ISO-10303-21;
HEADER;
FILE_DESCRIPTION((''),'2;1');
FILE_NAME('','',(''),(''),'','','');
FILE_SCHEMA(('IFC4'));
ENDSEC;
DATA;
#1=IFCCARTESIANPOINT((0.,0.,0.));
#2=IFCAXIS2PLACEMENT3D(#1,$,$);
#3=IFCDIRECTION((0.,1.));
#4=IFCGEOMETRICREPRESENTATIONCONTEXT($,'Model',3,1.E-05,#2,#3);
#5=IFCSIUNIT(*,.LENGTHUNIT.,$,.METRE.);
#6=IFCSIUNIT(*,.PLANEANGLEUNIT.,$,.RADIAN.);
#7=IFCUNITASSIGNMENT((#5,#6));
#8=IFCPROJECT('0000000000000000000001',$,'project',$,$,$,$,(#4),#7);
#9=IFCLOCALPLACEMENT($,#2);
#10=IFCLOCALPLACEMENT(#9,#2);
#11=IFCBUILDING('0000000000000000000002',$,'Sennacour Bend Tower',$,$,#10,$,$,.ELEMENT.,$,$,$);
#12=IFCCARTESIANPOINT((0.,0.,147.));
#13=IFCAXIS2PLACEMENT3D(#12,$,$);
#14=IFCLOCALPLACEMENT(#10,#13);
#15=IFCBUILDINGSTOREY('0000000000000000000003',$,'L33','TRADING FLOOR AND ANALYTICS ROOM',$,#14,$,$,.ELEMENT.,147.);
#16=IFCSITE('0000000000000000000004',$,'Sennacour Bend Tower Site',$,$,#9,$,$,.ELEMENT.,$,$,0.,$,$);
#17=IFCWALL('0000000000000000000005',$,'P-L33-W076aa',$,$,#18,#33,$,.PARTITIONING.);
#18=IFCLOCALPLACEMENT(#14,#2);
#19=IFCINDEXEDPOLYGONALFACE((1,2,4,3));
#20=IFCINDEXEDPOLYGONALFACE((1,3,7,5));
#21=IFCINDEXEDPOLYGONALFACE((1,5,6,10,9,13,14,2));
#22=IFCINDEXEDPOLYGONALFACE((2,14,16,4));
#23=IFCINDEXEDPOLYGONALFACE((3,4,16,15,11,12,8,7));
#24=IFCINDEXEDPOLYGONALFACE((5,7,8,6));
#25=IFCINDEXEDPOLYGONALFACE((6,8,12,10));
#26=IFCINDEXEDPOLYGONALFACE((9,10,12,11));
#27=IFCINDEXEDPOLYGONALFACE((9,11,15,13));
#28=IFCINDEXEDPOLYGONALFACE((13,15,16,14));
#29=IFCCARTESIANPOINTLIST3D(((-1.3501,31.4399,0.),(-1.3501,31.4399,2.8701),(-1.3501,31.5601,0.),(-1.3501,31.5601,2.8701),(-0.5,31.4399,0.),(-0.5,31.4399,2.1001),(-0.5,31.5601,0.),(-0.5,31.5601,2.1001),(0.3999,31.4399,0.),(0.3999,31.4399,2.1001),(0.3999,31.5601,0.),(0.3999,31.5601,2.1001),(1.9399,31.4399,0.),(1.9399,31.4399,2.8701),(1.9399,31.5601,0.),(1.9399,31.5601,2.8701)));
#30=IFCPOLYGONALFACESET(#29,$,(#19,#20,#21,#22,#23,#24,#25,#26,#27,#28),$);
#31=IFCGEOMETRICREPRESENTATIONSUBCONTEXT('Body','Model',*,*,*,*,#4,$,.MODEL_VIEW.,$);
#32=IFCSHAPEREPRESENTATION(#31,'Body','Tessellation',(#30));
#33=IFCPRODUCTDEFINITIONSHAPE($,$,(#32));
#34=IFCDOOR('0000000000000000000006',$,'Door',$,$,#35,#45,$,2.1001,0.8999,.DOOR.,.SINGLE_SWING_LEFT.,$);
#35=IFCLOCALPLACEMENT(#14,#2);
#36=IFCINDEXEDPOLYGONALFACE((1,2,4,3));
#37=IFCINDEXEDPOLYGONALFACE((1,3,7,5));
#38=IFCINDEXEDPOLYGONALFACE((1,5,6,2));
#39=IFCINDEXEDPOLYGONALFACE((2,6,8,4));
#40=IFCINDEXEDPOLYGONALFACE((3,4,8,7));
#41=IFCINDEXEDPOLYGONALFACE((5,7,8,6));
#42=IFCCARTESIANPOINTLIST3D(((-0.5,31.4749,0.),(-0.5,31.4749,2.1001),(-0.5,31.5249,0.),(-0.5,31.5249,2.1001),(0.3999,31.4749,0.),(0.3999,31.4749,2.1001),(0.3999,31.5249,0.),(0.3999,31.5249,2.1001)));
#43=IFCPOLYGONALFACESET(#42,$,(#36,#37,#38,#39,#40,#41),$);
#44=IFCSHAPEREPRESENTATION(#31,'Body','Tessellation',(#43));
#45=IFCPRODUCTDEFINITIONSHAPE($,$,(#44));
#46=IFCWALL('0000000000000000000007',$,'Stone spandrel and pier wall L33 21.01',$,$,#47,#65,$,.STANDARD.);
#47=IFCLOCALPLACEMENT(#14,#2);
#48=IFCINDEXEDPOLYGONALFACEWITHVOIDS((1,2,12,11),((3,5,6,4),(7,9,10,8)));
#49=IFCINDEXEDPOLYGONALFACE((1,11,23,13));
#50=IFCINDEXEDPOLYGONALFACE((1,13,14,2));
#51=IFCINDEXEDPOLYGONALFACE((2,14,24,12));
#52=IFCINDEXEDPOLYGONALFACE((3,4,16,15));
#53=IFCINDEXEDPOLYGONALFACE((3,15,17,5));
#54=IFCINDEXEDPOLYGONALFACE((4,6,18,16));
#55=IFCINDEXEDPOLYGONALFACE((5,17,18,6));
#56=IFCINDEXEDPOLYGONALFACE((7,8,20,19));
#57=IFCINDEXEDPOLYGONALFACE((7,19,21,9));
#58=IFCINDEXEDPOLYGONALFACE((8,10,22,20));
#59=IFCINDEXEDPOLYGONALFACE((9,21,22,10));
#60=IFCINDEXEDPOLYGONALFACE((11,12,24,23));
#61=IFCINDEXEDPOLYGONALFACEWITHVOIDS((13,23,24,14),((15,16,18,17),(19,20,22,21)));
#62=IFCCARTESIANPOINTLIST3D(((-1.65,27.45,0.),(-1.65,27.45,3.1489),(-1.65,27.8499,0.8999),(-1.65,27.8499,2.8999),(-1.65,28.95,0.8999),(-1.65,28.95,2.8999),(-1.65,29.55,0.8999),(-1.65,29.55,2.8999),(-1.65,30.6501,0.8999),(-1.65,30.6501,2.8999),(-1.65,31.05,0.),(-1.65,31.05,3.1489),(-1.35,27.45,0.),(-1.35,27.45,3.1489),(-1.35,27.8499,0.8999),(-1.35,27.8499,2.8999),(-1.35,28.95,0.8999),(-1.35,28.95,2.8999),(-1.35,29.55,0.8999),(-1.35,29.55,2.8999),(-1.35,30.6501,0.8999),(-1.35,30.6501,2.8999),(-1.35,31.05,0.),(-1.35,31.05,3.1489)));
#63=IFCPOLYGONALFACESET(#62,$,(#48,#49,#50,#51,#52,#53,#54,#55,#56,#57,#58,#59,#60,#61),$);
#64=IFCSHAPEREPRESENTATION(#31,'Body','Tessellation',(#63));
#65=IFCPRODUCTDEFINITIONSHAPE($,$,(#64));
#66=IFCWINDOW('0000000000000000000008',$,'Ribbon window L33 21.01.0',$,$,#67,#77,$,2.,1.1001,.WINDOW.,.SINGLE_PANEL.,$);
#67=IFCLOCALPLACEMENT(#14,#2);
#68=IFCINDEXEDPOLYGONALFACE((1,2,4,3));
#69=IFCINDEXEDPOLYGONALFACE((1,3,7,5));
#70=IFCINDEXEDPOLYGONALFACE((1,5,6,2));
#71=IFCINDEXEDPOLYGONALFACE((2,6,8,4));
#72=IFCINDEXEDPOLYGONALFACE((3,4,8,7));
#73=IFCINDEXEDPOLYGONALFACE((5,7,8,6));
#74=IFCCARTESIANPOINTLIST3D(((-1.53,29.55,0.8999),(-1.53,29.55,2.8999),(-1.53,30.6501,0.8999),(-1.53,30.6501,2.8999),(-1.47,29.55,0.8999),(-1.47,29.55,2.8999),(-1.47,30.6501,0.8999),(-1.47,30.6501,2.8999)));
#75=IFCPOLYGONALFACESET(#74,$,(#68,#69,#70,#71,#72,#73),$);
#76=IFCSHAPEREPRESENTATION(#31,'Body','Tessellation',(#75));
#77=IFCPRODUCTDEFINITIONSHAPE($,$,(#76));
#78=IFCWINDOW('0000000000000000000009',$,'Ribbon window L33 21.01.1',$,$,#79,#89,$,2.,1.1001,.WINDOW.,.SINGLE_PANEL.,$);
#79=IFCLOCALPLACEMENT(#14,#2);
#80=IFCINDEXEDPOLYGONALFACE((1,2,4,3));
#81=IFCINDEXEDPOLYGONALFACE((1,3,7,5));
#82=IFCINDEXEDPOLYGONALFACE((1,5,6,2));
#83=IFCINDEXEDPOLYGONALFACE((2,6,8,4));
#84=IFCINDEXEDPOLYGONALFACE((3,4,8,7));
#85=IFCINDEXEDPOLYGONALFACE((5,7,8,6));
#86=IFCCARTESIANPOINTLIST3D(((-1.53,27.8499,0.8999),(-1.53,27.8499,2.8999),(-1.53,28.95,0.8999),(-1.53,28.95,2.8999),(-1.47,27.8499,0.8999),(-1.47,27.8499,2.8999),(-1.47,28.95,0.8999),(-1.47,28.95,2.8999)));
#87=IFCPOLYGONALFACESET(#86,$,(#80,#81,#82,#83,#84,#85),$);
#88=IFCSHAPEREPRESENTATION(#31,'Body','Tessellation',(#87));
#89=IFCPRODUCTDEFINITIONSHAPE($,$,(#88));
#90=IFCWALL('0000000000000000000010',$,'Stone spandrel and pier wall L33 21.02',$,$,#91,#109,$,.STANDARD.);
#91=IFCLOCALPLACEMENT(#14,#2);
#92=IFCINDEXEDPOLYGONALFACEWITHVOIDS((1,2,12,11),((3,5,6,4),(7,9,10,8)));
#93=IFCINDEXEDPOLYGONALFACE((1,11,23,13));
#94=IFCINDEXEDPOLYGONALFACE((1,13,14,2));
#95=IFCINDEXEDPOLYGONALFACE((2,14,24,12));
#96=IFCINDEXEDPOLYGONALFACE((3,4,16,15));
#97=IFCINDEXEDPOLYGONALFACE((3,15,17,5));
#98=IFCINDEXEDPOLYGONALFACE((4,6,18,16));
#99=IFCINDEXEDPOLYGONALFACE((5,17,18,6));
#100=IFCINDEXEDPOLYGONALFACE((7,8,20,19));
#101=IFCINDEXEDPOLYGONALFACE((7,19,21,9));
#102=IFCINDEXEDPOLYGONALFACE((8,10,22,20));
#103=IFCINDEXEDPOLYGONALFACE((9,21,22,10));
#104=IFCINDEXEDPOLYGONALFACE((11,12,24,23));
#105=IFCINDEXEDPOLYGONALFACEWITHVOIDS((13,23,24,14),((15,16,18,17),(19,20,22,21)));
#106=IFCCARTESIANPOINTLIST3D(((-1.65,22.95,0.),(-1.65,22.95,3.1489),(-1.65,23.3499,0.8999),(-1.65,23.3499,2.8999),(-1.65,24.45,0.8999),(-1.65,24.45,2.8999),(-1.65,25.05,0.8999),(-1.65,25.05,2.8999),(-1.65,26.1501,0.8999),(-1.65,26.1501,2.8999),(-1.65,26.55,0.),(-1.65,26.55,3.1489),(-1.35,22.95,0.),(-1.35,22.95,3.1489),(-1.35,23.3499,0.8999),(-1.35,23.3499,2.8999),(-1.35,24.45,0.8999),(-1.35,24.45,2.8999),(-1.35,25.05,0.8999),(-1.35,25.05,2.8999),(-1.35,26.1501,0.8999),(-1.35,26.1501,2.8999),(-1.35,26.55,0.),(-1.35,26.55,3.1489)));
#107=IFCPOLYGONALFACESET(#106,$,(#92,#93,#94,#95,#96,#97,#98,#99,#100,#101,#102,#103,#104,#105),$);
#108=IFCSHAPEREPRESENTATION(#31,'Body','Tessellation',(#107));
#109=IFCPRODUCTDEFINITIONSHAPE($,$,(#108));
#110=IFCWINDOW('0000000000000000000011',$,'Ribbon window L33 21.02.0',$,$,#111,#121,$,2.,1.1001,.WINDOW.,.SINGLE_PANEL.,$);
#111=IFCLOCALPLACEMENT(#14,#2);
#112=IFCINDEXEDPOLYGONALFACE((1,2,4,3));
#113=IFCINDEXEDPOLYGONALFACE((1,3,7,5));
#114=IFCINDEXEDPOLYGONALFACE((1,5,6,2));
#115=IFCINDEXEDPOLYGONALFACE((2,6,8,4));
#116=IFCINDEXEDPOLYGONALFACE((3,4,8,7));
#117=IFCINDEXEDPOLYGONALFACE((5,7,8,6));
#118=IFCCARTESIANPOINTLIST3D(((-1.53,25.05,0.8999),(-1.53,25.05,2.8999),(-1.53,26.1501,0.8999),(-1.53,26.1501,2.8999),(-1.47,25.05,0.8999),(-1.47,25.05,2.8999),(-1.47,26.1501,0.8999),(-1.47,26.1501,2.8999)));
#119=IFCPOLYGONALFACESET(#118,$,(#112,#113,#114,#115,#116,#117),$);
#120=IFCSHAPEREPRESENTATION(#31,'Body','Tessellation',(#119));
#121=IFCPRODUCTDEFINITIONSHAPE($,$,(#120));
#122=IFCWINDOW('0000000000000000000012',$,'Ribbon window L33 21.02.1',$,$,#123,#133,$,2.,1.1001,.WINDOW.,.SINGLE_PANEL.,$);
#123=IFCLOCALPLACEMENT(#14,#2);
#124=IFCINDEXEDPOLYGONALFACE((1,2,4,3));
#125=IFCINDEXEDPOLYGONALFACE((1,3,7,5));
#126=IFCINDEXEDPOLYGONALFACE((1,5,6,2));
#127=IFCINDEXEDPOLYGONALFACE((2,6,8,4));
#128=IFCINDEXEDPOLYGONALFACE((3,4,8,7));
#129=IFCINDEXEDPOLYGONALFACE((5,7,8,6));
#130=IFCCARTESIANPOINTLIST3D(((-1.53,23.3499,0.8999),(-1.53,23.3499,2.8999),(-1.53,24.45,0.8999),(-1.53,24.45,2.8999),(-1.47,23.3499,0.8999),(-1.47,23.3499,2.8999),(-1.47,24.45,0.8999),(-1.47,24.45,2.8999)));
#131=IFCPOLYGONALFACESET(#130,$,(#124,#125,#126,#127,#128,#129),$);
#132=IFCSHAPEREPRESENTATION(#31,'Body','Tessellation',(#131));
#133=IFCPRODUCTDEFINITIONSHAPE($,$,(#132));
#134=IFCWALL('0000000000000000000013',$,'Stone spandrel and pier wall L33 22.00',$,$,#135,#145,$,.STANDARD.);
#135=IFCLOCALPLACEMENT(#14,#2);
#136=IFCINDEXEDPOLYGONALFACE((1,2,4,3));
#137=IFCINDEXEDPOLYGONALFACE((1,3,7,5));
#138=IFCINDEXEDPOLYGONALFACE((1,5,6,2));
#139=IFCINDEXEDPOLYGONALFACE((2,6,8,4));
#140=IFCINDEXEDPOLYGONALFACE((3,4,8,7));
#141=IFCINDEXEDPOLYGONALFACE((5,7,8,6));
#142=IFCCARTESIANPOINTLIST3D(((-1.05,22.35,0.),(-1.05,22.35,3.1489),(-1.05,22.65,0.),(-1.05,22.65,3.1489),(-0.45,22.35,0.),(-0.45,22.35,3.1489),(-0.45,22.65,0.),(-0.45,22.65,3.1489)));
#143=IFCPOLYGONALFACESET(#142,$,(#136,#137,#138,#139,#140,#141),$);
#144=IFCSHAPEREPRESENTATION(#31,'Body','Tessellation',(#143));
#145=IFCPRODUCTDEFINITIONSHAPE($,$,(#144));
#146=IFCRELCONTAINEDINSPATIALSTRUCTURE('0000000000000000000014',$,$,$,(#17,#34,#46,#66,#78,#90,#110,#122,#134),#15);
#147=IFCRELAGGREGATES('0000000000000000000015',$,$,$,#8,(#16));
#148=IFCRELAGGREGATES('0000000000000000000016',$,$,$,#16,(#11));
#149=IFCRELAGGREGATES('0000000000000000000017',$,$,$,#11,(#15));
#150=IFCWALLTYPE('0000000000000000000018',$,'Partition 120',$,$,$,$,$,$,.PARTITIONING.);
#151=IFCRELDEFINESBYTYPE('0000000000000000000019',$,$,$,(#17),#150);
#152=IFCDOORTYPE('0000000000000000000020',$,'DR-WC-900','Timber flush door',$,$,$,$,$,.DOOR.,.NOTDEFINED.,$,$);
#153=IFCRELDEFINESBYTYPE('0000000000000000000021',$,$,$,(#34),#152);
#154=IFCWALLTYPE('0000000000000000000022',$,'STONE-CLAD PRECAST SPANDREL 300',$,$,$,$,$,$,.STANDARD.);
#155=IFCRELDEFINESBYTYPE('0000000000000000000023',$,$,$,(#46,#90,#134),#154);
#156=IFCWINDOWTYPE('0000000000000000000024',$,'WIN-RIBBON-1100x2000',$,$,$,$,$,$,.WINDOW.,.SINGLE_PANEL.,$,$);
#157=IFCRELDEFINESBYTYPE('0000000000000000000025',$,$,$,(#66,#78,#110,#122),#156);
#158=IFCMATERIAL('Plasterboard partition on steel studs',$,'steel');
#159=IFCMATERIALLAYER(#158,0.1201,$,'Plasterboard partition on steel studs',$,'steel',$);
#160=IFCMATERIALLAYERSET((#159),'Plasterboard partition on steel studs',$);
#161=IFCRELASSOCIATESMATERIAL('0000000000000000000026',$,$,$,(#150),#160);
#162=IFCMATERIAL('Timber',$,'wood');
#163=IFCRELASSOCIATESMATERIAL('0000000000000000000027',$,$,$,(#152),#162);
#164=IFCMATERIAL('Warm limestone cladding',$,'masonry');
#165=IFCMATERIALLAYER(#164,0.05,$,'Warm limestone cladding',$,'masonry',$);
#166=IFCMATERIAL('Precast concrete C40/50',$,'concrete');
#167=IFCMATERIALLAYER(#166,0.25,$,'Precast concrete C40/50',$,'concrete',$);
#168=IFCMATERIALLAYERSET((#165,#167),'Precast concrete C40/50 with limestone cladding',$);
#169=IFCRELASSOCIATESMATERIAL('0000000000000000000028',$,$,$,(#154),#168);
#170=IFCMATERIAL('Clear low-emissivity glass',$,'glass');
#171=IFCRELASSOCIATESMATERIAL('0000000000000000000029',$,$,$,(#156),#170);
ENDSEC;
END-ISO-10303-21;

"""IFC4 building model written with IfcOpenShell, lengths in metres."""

from ifc_helpers import new_model, si_unit, direction, frame, frame_2d, origin, place, context, subcontext, project, spatial, rectangle, extrude, material, layer, layer_set, type_object, element, fill, save


model = new_model("IFC4")

# Units and contexts
model_context = context("Model", 3, precision=1e-05, world=origin(), true_north=direction((0.0, 1.0)))
body_context = subcontext(model_context, "Body", "Model", "MODEL_VIEW")
ifc_project = project(units=[si_unit("LENGTHUNIT", "METRE"), si_unit("PLANEANGLEUNIT", "RADIAN")], contexts=[model_context])

# Site, building, storey
site_placement = place(None, origin())
site = spatial("IfcSite", under=ifc_project, at=site_placement, Name="Sennacour Bend Tower Site", CompositionType="ELEMENT", RefElevation=0.0)
building_placement = place(site_placement, origin())
building = spatial("IfcBuilding", under=site, at=building_placement, Name="Sennacour Bend Tower", CompositionType="ELEMENT")
storey_placement = place(building_placement, frame((0.0, 0.0, 147.0)))
storey = spatial("IfcBuildingStorey", under=building, at=storey_placement, Name="L33", Description="TRADING FLOOR AND ANALYTICS ROOM", CompositionType="ELEMENT", Elevation=147.0)

# Shared definitions
ifc_material_1 = material(Name="Plasterboard partition on steel studs", Category="steel")
ifc_layer_1 = layer(ifc_material_1, 0.1201, Name="Plasterboard partition on steel studs", Category="steel")
ifc_layer_set_1 = layer_set([ifc_layer_1], Name="Plasterboard partition on steel studs")
wall_type_1 = type_object("IfcWallType", Name="Partition 120", PredefinedType="PARTITIONING", material=ifc_layer_set_1)

# Wall, opening, door
wall_1_placement = place(storey_placement, frame((-1.3501, 31.5, 0.0), z_axis=(0.0, 0.0, 1.0), x_axis=(1.0, 0.0, 0.0)))
wall_1 = element("IfcWall", 1, at=wall_1_placement, inside=storey, type_object=wall_type_1, Name="P-L33-W076aa", PredefinedType="PARTITIONING", context=body_context, shape_type="SweptSolid", body=[
    extrude(rectangle(XDim=3.29, YDim=0.1201, at=frame_2d((1.645, 0.0))), origin(), (0.0, 0.0, 1.0), 2.8701),
])
opening_1_placement = place(wall_1_placement, frame((0.8501, 0.0, 0.0)))
opening_1 = element("IfcOpeningElement", 2, at=opening_1_placement, cuts=wall_1, PredefinedType="OPENING", context=body_context, shape_type="SweptSolid", body=[
    extrude(rectangle(XDim=0.8999, YDim=2.1001, at=frame_2d((0.45, 1.05))), frame((0.0, 0.0701, 0.0), z_axis=(0.0, -1.0, 0.0), x_axis=(1.0, 0.0, 0.0)), (0.0, 0.0, 1.0), 0.1401),
])
ifc_material_2 = material(Name="Timber", Category="wood")
door_type = type_object("IfcDoorType", Name="DR-WC-900", Description="Timber flush door", OperationType="NOTDEFINED", PredefinedType="DOOR", material=ifc_material_2)
door_placement = place(opening_1_placement, origin())
door = element("IfcDoor", 3, at=door_placement, inside=storey, type_object=door_type, Name="Door", OperationType="SINGLE_SWING_LEFT", OverallHeight=2.1001, OverallWidth=0.8999, PredefinedType="DOOR", context=body_context, shape_type="SweptSolid", body=[
    extrude(rectangle(XDim=0.8999, YDim=2.1001, at=frame_2d((0.45, 1.05))), frame((0.0, 0.0249, 0.0), z_axis=(0.0, -1.0, 0.0), x_axis=(1.0, 0.0, 0.0)), (0.0, 0.0, 1.0), 0.05),
])
fill(opening_1, door)

# Walls, openings, windows
ifc_material_3 = material(Name="Warm limestone cladding", Category="masonry")
ifc_layer_2 = layer(ifc_material_3, 0.05, Name="Warm limestone cladding", Category="masonry")
ifc_material_4 = material(Name="Precast concrete C40/50", Category="concrete")
ifc_layer_3 = layer(ifc_material_4, 0.25, Name="Precast concrete C40/50", Category="concrete")
ifc_layer_set_2 = layer_set([ifc_layer_2, ifc_layer_3], Name="Precast concrete C40/50 with limestone cladding")
wall_type_2 = type_object("IfcWallType", Name="STONE-CLAD PRECAST SPANDREL 300", PredefinedType="STANDARD", material=ifc_layer_set_2)
wall_2_placement = place(storey_placement, frame((-1.5, 31.05, 0.0), z_axis=(0.0, 0.0, 1.0), x_axis=(0.0, -1.0, 0.0)))
wall_2 = element("IfcWall", 4, at=wall_2_placement, inside=storey, type_object=wall_type_2, Name="Stone spandrel and pier wall L33 21.01", PredefinedType="STANDARD", context=body_context, shape_type="SweptSolid", body=[
    extrude(rectangle(XDim=3.6001, YDim=0.3, at=frame_2d((1.8, 0.0))), origin(), (0.0, 0.0, 1.0), 3.1489),
])
opening_2_placement = place(wall_2_placement, frame((0.3999, 0.0, 0.8999)))
opening_2 = element("IfcOpeningElement", 5, at=opening_2_placement, cuts=wall_2, PredefinedType="OPENING", context=body_context, shape_type="SweptSolid", body=[
    extrude(rectangle(XDim=1.1001, YDim=2.0, at=frame_2d((0.55, 1.0))), frame((0.0, 0.1602, 0.0), z_axis=(0.0, -1.0, 0.0), x_axis=(1.0, 0.0, 0.0)), (0.0, 0.0, 1.0), 0.3201),
])
opening_3_placement = place(wall_2_placement, frame((2.1001, 0.0, 0.8999)))
opening_3 = element("IfcOpeningElement", 6, at=opening_3_placement, cuts=wall_2, PredefinedType="OPENING", context=body_context, shape_type="SweptSolid", body=[
    extrude(rectangle(XDim=1.1001, YDim=2.0, at=frame_2d((0.55, 1.0))), frame((0.0, 0.1602, 0.0), z_axis=(0.0, -1.0, 0.0), x_axis=(1.0, 0.0, 0.0)), (0.0, 0.0, 1.0), 0.3201),
])
ifc_material_5 = material(Name="Clear low-emissivity glass", Category="glass")
window_type = type_object("IfcWindowType", Name="WIN-RIBBON-1100x2000", PartitioningType="SINGLE_PANEL", PredefinedType="WINDOW", material=ifc_material_5)
window_1_placement = place(opening_2_placement, origin())
window_1 = element("IfcWindow", 7, at=window_1_placement, inside=storey, type_object=window_type, Name="Ribbon window L33 21.01.0", OverallHeight=2.0, OverallWidth=1.1001, PartitioningType="SINGLE_PANEL", PredefinedType="WINDOW", context=body_context, shape_type="SweptSolid", body=[
    extrude(rectangle(XDim=1.1001, YDim=2.0, at=frame_2d((0.55, 1.0))), frame((0.0, 0.03, 0.0), z_axis=(0.0, -1.0, 0.0), x_axis=(1.0, 0.0, 0.0)), (0.0, 0.0, 1.0), 0.0601),
])
fill(opening_2, window_1)
window_2_placement = place(opening_3_placement, origin())
window_2 = element("IfcWindow", 8, at=window_2_placement, inside=storey, type_object=window_type, Name="Ribbon window L33 21.01.1", OverallHeight=2.0, OverallWidth=1.1001, PartitioningType="SINGLE_PANEL", PredefinedType="WINDOW", context=body_context, shape_type="SweptSolid", body=[
    extrude(rectangle(XDim=1.1001, YDim=2.0, at=frame_2d((0.55, 1.0))), frame((0.0, 0.03, 0.0), z_axis=(0.0, -1.0, 0.0), x_axis=(1.0, 0.0, 0.0)), (0.0, 0.0, 1.0), 0.0601),
])
fill(opening_3, window_2)
wall_3_placement = place(storey_placement, frame((-1.5, 26.55, 0.0), z_axis=(0.0, 0.0, 1.0), x_axis=(0.0, -1.0, 0.0)))
wall_3 = element("IfcWall", 9, at=wall_3_placement, inside=storey, type_object=wall_type_2, Name="Stone spandrel and pier wall L33 21.02", PredefinedType="STANDARD", context=body_context, shape_type="SweptSolid", body=[
    extrude(rectangle(XDim=3.6001, YDim=0.3, at=frame_2d((1.8, 0.0))), origin(), (0.0, 0.0, 1.0), 3.1489),
])
opening_4_placement = place(wall_3_placement, frame((0.3999, 0.0, 0.8999)))
opening_4 = element("IfcOpeningElement", 10, at=opening_4_placement, cuts=wall_3, PredefinedType="OPENING", context=body_context, shape_type="SweptSolid", body=[
    extrude(rectangle(XDim=1.1001, YDim=2.0, at=frame_2d((0.55, 1.0))), frame((0.0, 0.1602, 0.0), z_axis=(0.0, -1.0, 0.0), x_axis=(1.0, 0.0, 0.0)), (0.0, 0.0, 1.0), 0.3201),
])
opening_5_placement = place(wall_3_placement, frame((2.1001, 0.0, 0.8999)))
opening_5 = element("IfcOpeningElement", 11, at=opening_5_placement, cuts=wall_3, PredefinedType="OPENING", context=body_context, shape_type="SweptSolid", body=[
    extrude(rectangle(XDim=1.1001, YDim=2.0, at=frame_2d((0.55, 1.0))), frame((0.0, 0.1602, 0.0), z_axis=(0.0, -1.0, 0.0), x_axis=(1.0, 0.0, 0.0)), (0.0, 0.0, 1.0), 0.3201),
])
window_3_placement = place(opening_4_placement, origin())
window_3 = element("IfcWindow", 12, at=window_3_placement, inside=storey, type_object=window_type, Name="Ribbon window L33 21.02.0", OverallHeight=2.0, OverallWidth=1.1001, PartitioningType="SINGLE_PANEL", PredefinedType="WINDOW", context=body_context, shape_type="SweptSolid", body=[
    extrude(rectangle(XDim=1.1001, YDim=2.0, at=frame_2d((0.55, 1.0))), frame((0.0, 0.03, 0.0), z_axis=(0.0, -1.0, 0.0), x_axis=(1.0, 0.0, 0.0)), (0.0, 0.0, 1.0), 0.0601),
])
fill(opening_4, window_3)
window_4_placement = place(opening_5_placement, origin())
window_4 = element("IfcWindow", 13, at=window_4_placement, inside=storey, type_object=window_type, Name="Ribbon window L33 21.02.1", OverallHeight=2.0, OverallWidth=1.1001, PartitioningType="SINGLE_PANEL", PredefinedType="WINDOW", context=body_context, shape_type="SweptSolid", body=[
    extrude(rectangle(XDim=1.1001, YDim=2.0, at=frame_2d((0.55, 1.0))), frame((0.0, 0.03, 0.0), z_axis=(0.0, -1.0, 0.0), x_axis=(1.0, 0.0, 0.0)), (0.0, 0.0, 1.0), 0.0601),
])
fill(opening_5, window_4)

# Wall
wall_4_placement = place(storey_placement, frame((-1.05, 22.5, 0.0), z_axis=(0.0, 0.0, 1.0), x_axis=(1.0, 0.0, 0.0)))
element("IfcWall", 14, at=wall_4_placement, inside=storey, type_object=wall_type_2, Name="Stone spandrel and pier wall L33 22.00", PredefinedType="STANDARD", context=body_context, shape_type="SweptSolid", body=[
    extrude(rectangle(XDim=0.6001, YDim=0.3, at=frame_2d((0.3, 0.0))), origin(), (0.0, 0.0, 1.0), 3.1489),
])

save(model, "model.ifc")
